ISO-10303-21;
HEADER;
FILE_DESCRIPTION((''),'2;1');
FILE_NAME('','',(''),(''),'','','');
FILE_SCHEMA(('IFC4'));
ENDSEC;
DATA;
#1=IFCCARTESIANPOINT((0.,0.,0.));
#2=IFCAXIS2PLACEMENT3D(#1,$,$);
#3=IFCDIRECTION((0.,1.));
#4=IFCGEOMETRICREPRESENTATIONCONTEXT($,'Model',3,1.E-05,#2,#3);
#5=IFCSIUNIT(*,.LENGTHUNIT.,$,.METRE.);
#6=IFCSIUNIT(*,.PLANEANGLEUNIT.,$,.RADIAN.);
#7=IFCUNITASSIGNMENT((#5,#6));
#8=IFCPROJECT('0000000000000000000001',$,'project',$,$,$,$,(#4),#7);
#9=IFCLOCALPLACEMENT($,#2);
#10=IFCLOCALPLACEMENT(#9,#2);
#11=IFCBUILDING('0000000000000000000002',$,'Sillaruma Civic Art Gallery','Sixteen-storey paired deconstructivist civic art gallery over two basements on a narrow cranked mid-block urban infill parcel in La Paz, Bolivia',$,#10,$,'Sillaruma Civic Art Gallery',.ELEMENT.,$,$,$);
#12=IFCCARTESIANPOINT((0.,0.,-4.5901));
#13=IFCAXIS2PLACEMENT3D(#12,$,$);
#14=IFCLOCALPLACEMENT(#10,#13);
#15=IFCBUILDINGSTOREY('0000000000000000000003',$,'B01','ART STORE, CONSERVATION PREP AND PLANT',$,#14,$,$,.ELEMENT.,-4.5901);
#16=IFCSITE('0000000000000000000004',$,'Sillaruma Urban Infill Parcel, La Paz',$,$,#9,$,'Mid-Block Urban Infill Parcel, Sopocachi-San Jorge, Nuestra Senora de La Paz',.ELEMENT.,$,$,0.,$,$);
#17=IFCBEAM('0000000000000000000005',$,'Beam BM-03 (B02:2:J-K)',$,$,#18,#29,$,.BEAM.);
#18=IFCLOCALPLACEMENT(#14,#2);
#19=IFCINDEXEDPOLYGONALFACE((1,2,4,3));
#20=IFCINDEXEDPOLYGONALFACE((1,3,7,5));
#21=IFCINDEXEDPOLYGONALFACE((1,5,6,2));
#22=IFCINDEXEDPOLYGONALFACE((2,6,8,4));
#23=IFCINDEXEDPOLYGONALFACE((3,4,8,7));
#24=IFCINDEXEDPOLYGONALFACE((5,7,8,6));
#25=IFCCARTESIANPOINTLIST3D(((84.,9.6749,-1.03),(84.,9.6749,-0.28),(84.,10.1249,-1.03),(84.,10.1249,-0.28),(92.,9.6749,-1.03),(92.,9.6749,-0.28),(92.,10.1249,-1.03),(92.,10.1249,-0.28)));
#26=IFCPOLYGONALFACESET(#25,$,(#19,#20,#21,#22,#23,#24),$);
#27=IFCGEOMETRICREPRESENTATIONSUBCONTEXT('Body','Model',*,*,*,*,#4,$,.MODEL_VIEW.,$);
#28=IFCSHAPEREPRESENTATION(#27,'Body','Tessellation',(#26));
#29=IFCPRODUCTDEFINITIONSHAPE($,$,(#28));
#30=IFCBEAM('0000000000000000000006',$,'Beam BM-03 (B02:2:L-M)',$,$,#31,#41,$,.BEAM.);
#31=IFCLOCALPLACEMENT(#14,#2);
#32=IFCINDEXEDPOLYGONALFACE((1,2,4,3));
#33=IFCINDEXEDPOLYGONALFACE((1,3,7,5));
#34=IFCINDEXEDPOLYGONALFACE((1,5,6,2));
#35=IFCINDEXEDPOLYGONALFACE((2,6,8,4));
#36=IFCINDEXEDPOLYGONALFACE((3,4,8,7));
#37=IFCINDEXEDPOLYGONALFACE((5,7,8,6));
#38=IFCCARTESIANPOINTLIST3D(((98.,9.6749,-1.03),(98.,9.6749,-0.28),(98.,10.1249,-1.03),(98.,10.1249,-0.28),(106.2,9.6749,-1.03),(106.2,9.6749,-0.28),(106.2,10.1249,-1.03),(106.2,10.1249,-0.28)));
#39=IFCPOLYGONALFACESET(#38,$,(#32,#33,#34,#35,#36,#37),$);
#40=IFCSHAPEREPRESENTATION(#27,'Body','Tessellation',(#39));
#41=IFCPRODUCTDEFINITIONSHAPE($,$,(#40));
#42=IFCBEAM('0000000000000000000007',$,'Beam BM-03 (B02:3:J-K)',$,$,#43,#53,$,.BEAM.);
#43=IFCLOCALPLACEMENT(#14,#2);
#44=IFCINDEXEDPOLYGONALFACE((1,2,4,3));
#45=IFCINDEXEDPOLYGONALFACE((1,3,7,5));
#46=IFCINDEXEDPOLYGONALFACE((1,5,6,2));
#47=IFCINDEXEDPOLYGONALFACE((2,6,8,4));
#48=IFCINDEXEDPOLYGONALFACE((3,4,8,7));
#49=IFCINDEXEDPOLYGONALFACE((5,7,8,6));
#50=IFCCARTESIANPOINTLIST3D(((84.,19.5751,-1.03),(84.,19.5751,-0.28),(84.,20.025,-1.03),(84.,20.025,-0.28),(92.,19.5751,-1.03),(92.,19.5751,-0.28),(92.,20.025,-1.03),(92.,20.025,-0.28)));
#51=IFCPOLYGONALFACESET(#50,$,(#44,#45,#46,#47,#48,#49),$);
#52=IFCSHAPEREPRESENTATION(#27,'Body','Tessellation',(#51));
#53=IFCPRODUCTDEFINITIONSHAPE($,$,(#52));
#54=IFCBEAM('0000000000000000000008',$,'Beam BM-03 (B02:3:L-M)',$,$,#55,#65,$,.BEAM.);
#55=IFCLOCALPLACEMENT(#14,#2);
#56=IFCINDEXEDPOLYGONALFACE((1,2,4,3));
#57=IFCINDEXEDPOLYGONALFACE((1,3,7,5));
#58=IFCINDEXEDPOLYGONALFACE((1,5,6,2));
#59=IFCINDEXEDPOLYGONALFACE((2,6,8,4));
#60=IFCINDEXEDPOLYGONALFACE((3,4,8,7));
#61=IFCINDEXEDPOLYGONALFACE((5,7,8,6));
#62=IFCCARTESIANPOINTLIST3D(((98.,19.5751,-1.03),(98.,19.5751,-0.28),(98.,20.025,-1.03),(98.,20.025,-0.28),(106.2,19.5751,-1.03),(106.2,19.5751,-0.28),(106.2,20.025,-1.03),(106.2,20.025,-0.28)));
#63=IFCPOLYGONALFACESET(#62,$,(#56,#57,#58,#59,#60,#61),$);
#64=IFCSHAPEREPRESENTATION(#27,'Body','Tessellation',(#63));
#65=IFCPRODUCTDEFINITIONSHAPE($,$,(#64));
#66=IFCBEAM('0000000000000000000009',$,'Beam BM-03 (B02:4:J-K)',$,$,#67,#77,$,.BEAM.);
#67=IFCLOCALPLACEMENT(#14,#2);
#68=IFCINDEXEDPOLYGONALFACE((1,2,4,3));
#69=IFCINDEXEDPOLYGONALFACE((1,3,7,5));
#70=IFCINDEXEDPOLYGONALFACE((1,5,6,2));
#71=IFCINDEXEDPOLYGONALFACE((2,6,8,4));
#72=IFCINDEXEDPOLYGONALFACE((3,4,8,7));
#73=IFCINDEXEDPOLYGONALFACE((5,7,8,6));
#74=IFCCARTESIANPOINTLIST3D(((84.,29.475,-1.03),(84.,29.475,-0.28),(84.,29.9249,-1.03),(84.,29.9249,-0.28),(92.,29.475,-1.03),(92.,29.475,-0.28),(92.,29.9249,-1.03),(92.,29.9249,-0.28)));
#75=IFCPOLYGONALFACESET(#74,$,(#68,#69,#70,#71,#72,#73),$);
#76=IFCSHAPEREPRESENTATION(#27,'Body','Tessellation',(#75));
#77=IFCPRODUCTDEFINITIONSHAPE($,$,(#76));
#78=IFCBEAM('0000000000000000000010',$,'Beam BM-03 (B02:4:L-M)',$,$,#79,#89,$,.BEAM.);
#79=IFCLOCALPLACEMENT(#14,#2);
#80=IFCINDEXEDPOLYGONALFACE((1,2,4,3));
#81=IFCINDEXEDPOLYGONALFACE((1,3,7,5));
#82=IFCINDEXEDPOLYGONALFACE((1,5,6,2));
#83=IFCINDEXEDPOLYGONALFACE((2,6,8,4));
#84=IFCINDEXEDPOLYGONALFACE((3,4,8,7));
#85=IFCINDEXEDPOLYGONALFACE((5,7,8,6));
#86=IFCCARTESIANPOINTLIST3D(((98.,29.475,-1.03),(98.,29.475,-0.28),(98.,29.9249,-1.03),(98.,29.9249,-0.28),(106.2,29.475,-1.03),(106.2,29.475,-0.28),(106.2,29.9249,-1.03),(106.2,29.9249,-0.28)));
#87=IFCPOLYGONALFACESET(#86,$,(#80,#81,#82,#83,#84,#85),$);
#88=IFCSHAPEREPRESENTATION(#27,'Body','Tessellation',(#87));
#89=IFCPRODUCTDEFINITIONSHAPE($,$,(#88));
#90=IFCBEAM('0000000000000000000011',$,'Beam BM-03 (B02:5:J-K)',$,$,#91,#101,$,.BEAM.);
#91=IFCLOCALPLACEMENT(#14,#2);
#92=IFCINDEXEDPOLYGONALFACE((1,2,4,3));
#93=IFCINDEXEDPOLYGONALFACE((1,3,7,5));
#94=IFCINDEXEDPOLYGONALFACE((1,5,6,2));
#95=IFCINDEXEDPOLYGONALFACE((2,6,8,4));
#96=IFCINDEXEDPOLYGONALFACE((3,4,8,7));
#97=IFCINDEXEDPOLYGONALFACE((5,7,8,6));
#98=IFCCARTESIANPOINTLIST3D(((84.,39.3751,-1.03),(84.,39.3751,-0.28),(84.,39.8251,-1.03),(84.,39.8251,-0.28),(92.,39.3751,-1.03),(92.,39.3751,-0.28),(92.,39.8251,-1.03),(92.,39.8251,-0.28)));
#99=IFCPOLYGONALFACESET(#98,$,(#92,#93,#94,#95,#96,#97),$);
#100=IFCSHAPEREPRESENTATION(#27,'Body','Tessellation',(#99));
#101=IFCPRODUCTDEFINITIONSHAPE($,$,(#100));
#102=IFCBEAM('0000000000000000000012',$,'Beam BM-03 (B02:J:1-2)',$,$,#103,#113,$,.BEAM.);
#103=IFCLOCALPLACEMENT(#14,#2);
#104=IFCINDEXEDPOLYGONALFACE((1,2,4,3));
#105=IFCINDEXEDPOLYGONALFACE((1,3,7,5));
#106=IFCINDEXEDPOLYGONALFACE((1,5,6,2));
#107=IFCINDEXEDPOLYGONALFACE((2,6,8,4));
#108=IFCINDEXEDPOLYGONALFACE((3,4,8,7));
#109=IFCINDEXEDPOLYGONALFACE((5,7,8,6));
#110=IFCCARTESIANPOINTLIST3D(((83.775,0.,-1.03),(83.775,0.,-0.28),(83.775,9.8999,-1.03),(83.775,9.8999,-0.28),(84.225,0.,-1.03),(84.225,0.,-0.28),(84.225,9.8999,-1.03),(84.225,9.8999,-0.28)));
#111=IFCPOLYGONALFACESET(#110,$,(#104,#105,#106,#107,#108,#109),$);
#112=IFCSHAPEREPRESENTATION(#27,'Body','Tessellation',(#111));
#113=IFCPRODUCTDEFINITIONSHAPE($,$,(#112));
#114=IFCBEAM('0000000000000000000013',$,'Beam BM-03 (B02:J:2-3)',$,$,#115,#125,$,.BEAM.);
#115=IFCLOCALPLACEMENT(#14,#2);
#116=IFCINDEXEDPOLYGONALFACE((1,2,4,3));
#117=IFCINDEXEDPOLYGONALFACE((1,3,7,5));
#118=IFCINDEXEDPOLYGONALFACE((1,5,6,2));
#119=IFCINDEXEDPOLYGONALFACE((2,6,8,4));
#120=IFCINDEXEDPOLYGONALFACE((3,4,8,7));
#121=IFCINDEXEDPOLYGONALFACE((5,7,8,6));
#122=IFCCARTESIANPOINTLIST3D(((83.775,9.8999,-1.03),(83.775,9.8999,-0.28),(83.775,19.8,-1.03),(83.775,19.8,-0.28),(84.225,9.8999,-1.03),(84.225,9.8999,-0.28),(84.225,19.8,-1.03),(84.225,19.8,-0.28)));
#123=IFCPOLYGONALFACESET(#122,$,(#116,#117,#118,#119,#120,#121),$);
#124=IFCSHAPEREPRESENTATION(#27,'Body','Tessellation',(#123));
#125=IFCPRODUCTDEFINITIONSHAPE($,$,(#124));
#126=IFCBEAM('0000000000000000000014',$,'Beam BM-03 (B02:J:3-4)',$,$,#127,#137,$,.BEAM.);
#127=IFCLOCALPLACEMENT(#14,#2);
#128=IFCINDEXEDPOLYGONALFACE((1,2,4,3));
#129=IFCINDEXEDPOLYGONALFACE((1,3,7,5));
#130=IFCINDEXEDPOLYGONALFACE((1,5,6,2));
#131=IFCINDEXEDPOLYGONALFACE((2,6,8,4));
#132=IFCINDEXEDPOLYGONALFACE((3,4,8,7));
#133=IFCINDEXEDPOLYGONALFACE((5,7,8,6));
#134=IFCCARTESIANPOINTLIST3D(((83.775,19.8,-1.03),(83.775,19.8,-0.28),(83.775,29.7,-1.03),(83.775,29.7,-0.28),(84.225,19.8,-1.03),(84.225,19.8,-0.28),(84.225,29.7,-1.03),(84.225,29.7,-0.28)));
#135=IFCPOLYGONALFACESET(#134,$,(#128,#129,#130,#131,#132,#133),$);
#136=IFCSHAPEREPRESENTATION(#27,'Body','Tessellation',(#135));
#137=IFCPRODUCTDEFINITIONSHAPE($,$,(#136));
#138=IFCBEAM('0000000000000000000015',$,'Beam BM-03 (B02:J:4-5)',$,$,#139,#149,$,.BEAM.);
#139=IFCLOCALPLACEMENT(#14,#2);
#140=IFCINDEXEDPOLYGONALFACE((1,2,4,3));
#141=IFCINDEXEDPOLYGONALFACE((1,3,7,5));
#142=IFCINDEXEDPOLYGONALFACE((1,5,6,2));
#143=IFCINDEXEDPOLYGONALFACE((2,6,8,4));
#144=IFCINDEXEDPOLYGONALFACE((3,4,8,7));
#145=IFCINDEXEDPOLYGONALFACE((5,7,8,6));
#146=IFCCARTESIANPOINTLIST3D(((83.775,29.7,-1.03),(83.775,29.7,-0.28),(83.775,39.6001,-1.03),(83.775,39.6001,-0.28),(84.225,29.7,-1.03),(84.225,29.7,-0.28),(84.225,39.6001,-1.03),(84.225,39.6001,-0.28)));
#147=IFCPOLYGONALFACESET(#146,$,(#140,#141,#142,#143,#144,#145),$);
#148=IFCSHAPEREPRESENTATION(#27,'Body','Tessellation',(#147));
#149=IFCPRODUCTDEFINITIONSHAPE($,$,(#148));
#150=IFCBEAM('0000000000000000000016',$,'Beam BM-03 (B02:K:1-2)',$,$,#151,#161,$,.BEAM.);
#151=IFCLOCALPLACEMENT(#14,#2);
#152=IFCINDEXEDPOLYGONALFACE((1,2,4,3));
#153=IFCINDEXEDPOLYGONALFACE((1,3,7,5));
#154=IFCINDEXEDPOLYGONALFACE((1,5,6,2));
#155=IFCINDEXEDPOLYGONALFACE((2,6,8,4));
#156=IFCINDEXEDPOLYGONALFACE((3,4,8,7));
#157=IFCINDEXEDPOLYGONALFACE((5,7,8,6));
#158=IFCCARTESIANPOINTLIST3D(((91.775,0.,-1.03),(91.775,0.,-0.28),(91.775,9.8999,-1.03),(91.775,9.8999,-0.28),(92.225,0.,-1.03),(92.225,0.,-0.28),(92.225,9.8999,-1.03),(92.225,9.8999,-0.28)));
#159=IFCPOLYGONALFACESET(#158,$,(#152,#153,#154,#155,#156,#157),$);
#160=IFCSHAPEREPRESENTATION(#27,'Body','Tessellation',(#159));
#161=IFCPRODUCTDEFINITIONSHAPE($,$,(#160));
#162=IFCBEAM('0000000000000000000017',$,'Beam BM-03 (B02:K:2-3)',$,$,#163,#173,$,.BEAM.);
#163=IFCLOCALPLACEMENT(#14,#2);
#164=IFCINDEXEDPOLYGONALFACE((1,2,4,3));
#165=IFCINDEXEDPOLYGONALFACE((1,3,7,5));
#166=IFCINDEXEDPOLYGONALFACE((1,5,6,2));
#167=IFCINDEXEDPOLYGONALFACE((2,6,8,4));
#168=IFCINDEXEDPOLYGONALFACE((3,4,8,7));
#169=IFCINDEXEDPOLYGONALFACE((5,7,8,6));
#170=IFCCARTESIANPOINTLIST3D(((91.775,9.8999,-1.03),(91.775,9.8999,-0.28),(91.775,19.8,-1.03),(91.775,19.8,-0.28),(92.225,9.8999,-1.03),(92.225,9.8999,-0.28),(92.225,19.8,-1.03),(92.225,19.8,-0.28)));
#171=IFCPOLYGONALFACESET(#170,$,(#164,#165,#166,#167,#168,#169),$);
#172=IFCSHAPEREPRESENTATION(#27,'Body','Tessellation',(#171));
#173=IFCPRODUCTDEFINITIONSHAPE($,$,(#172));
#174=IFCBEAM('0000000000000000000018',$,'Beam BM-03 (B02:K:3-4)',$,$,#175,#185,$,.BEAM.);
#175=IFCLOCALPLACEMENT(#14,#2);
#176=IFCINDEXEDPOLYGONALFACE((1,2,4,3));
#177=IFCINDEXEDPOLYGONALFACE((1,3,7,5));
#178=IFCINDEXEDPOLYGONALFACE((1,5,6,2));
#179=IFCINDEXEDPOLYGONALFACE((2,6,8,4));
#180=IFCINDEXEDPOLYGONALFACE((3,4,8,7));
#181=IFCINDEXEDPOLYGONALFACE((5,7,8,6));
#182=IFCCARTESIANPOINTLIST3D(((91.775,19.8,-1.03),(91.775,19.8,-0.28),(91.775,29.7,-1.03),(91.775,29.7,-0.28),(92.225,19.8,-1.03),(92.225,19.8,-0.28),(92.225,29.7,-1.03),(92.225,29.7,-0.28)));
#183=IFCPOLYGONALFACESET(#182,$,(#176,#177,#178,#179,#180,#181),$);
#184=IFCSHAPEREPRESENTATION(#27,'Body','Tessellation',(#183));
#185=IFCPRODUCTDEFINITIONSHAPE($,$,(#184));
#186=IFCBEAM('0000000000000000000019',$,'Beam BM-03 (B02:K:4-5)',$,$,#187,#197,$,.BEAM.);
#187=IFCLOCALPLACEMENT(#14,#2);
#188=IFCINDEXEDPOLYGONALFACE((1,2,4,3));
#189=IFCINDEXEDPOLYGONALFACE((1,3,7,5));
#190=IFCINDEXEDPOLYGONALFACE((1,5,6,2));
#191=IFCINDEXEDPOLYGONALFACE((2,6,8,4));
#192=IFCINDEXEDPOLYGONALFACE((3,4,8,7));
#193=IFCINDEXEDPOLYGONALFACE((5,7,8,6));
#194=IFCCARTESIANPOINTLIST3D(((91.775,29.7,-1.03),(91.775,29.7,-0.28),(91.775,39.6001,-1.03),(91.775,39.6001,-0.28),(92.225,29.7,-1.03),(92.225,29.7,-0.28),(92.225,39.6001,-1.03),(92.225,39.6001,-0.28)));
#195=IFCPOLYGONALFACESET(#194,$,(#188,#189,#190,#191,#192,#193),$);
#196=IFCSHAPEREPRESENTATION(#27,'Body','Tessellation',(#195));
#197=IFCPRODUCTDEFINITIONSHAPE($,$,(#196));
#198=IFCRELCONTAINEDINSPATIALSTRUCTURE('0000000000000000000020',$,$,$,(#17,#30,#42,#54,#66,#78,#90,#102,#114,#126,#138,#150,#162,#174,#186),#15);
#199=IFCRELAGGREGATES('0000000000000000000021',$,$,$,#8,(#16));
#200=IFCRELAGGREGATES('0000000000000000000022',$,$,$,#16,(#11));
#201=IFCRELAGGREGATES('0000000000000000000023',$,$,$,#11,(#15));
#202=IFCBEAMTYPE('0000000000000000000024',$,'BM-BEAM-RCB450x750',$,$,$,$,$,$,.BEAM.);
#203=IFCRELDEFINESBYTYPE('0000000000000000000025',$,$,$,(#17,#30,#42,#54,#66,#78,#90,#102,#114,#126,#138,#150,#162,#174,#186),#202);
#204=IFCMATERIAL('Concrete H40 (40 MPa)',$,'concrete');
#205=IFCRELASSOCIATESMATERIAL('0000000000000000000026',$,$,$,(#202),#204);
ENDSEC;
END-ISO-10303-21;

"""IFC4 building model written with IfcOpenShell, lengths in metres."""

from ifc_helpers import new_model, si_unit, direction, frame, origin, origin_2d, place, context, subcontext, project, spatial, rectangle, extrude, material, material_profile, profile_set, type_object, element, save


model = new_model("IFC4")

# Units and contexts
model_context = context("Model", 3, precision=1e-05, world=origin(), true_north=direction((0.0, 1.0)))
body_context = subcontext(model_context, "Body", "Model", "MODEL_VIEW")
ifc_project = project(units=[si_unit("LENGTHUNIT", "METRE"), si_unit("PLANEANGLEUNIT", "RADIAN")], contexts=[model_context])

# Site, building, storey
site_placement = place(None, origin())
site = spatial("IfcSite", under=ifc_project, at=site_placement, Name="Sillaruma Urban Infill Parcel, La Paz", LongName="Mid-Block Urban Infill Parcel, Sopocachi-San Jorge, Nuestra Senora de La Paz", CompositionType="ELEMENT", RefElevation=0.0)
building_placement = place(site_placement, origin())
building = spatial("IfcBuilding", under=site, at=building_placement, Name="Sillaruma Civic Art Gallery", Description="Sixteen-storey paired deconstructivist civic art gallery over two basements on a narrow cranked mid-block urban infill parcel in La Paz, Bolivia", LongName="Sillaruma Civic Art Gallery", CompositionType="ELEMENT")
storey_placement = place(building_placement, frame((0.0, 0.0, -4.5901)))
storey = spatial("IfcBuildingStorey", under=building, at=storey_placement, Name="B01", Description="ART STORE, CONSERVATION PREP AND PLANT", CompositionType="ELEMENT", Elevation=-4.5901)

# Shared definitions
ifc_material_1 = material(Name="Concrete H40 (40 MPa)", Category="concrete")

# Beams
ifc_material_profile_1 = material_profile(ifc_material_1, rectangle(XDim=0.45, YDim=0.75, at=origin_2d()), Name="RCB450x750")
ifc_profile_set_1 = profile_set([ifc_material_profile_1], Name="Concrete H40 (40 MPa)")
beam_type_1 = type_object("IfcBeamType", Name="BM-BEAM-RCB450x750", PredefinedType="BEAM", material=ifc_profile_set_1)
beam_1_placement = place(storey_placement, frame((84.0, 9.8999, -0.655), z_axis=(1.0, 0.0, 0.0), x_axis=(0.0, 1.0, 0.0)))
element("IfcBeam", 1, at=beam_1_placement, inside=storey, type_object=beam_type_1, Name="Beam BM-03 (B02:2:J-K)", PredefinedType="BEAM", context=body_context, shape_type="SweptSolid", body=[
    extrude(rectangle(XDim=0.45, YDim=0.75, at=origin_2d()), origin(), (0.0, 0.0, 1.0), 8.0),
])
beam_2_placement = place(storey_placement, frame((98.0, 9.8999, -0.655), z_axis=(1.0, 0.0, 0.0), x_axis=(0.0, 1.0, 0.0)))
element("IfcBeam", 2, at=beam_2_placement, inside=storey, type_object=beam_type_1, Name="Beam BM-03 (B02:2:L-M)", PredefinedType="BEAM", context=body_context, shape_type="SweptSolid", body=[
    extrude(rectangle(XDim=0.45, YDim=0.75, at=origin_2d()), origin(), (0.0, 0.0, 1.0), 8.2),
])
beam_3_placement = place(storey_placement, frame((84.0, 19.8, -0.655), z_axis=(1.0, 0.0, 0.0), x_axis=(0.0, 1.0, 0.0)))
element("IfcBeam", 3, at=beam_3_placement, inside=storey, type_object=beam_type_1, Name="Beam BM-03 (B02:3:J-K)", PredefinedType="BEAM", context=body_context, shape_type="SweptSolid", body=[
    extrude(rectangle(XDim=0.45, YDim=0.75, at=origin_2d()), origin(), (0.0, 0.0, 1.0), 8.0),
])
beam_4_placement = place(storey_placement, frame((98.0, 19.8, -0.655), z_axis=(1.0, 0.0, 0.0), x_axis=(0.0, 1.0, 0.0)))
element("IfcBeam", 4, at=beam_4_placement, inside=storey, type_object=beam_type_1, Name="Beam BM-03 (B02:3:L-M)", PredefinedType="BEAM", context=body_context, shape_type="SweptSolid", body=[
    extrude(rectangle(XDim=0.45, YDim=0.75, at=origin_2d()), origin(), (0.0, 0.0, 1.0), 8.2),
])
beam_5_placement = place(storey_placement, frame((84.0, 29.7, -0.655), z_axis=(1.0, 0.0, 0.0), x_axis=(0.0, 1.0, 0.0)))
element("IfcBeam", 5, at=beam_5_placement, inside=storey, type_object=beam_type_1, Name="Beam BM-03 (B02:4:J-K)", PredefinedType="BEAM", context=body_context, shape_type="SweptSolid", body=[
    extrude(rectangle(XDim=0.45, YDim=0.75, at=origin_2d()), origin(), (0.0, 0.0, 1.0), 8.0),
])
beam_6_placement = place(storey_placement, frame((98.0, 29.7, -0.655), z_axis=(1.0, 0.0, 0.0), x_axis=(0.0, 1.0, 0.0)))
element("IfcBeam", 6, at=beam_6_placement, inside=storey, type_object=beam_type_1, Name="Beam BM-03 (B02:4:L-M)", PredefinedType="BEAM", context=body_context, shape_type="SweptSolid", body=[
    extrude(rectangle(XDim=0.45, YDim=0.75, at=origin_2d()), origin(), (0.0, 0.0, 1.0), 8.2),
])
beam_7_placement = place(storey_placement, frame((84.0, 39.6001, -0.655), z_axis=(1.0, 0.0, 0.0), x_axis=(0.0, 1.0, 0.0)))
element("IfcBeam", 7, at=beam_7_placement, inside=storey, type_object=beam_type_1, Name="Beam BM-03 (B02:5:J-K)", PredefinedType="BEAM", context=body_context, shape_type="SweptSolid", body=[
    extrude(rectangle(XDim=0.45, YDim=0.75, at=origin_2d()), origin(), (0.0, 0.0, 1.0), 8.0),
])
beam_8_placement = place(storey_placement, frame((84.0, 0.0, -0.655), z_axis=(0.0, 1.0, 0.0), x_axis=(-1.0, 0.0, 0.0)))
element("IfcBeam", 8, at=beam_8_placement, inside=storey, type_object=beam_type_1, Name="Beam BM-03 (B02:J:1-2)", PredefinedType="BEAM", context=body_context, shape_type="SweptSolid", body=[
    extrude(rectangle(XDim=0.45, YDim=0.75, at=origin_2d()), origin(), (0.0, 0.0, 1.0), 9.8999),
])
beam_9_placement = place(storey_placement, frame((84.0, 9.8999, -0.655), z_axis=(0.0, 1.0, 0.0), x_axis=(-1.0, 0.0, 0.0)))
element("IfcBeam", 9, at=beam_9_placement, inside=storey, type_object=beam_type_1, Name="Beam BM-03 (B02:J:2-3)", PredefinedType="BEAM", context=body_context, shape_type="SweptSolid", body=[
    extrude(rectangle(XDim=0.45, YDim=0.75, at=origin_2d()), origin(), (0.0, 0.0, 1.0), 9.9001),
])
beam_10_placement = place(storey_placement, frame((84.0, 19.8, -0.655), z_axis=(0.0, 1.0, 0.0), x_axis=(-1.0, 0.0, 0.0)))
element("IfcBeam", 10, at=beam_10_placement, inside=storey, type_object=beam_type_1, Name="Beam BM-03 (B02:J:3-4)", PredefinedType="BEAM", context=body_context, shape_type="SweptSolid", body=[
    extrude(rectangle(XDim=0.45, YDim=0.75, at=origin_2d()), origin(), (0.0, 0.0, 1.0), 9.8999),
])
beam_11_placement = place(storey_placement, frame((84.0, 29.7, -0.655), z_axis=(0.0, 1.0, 0.0), x_axis=(-1.0, 0.0, 0.0)))
element("IfcBeam", 11, at=beam_11_placement, inside=storey, type_object=beam_type_1, Name="Beam BM-03 (B02:J:4-5)", PredefinedType="BEAM", context=body_context, shape_type="SweptSolid", body=[
    extrude(rectangle(XDim=0.45, YDim=0.75, at=origin_2d()), origin(), (0.0, 0.0, 1.0), 9.9001),
])
beam_12_placement = place(storey_placement, frame((92.0, 0.0, -0.655), z_axis=(0.0, 1.0, 0.0), x_axis=(-1.0, 0.0, 0.0)))
element("IfcBeam", 12, at=beam_12_placement, inside=storey, type_object=beam_type_1, Name="Beam BM-03 (B02:K:1-2)", PredefinedType="BEAM", context=body_context, shape_type="SweptSolid", body=[
    extrude(rectangle(XDim=0.45, YDim=0.75, at=origin_2d()), origin(), (0.0, 0.0, 1.0), 9.8999),
])
beam_13_placement = place(storey_placement, frame((92.0, 9.8999, -0.655), z_axis=(0.0, 1.0, 0.0), x_axis=(-1.0, 0.0, 0.0)))
element("IfcBeam", 13, at=beam_13_placement, inside=storey, type_object=beam_type_1, Name="Beam BM-03 (B02:K:2-3)", PredefinedType="BEAM", context=body_context, shape_type="SweptSolid", body=[
    extrude(rectangle(XDim=0.45, YDim=0.75, at=origin_2d()), origin(), (0.0, 0.0, 1.0), 9.9001),
])
beam_14_placement = place(storey_placement, frame((92.0, 19.8, -0.655), z_axis=(0.0, 1.0, 0.0), x_axis=(-1.0, 0.0, 0.0)))
element("IfcBeam", 14, at=beam_14_placement, inside=storey, type_object=beam_type_1, Name="Beam BM-03 (B02:K:3-4)", PredefinedType="BEAM", context=body_context, shape_type="SweptSolid", body=[
    extrude(rectangle(XDim=0.45, YDim=0.75, at=origin_2d()), origin(), (0.0, 0.0, 1.0), 9.8999),
])
beam_15_placement = place(storey_placement, frame((92.0, 29.7, -0.655), z_axis=(0.0, 1.0, 0.0), x_axis=(-1.0, 0.0, 0.0)))
element("IfcBeam", 15, at=beam_15_placement, inside=storey, type_object=beam_type_1, Name="Beam BM-03 (B02:K:4-5)", PredefinedType="BEAM", context=body_context, shape_type="SweptSolid", body=[
    extrude(rectangle(XDim=0.45, YDim=0.75, at=origin_2d()), origin(), (0.0, 0.0, 1.0), 9.9001),
])

save(model, "model.ifc")
